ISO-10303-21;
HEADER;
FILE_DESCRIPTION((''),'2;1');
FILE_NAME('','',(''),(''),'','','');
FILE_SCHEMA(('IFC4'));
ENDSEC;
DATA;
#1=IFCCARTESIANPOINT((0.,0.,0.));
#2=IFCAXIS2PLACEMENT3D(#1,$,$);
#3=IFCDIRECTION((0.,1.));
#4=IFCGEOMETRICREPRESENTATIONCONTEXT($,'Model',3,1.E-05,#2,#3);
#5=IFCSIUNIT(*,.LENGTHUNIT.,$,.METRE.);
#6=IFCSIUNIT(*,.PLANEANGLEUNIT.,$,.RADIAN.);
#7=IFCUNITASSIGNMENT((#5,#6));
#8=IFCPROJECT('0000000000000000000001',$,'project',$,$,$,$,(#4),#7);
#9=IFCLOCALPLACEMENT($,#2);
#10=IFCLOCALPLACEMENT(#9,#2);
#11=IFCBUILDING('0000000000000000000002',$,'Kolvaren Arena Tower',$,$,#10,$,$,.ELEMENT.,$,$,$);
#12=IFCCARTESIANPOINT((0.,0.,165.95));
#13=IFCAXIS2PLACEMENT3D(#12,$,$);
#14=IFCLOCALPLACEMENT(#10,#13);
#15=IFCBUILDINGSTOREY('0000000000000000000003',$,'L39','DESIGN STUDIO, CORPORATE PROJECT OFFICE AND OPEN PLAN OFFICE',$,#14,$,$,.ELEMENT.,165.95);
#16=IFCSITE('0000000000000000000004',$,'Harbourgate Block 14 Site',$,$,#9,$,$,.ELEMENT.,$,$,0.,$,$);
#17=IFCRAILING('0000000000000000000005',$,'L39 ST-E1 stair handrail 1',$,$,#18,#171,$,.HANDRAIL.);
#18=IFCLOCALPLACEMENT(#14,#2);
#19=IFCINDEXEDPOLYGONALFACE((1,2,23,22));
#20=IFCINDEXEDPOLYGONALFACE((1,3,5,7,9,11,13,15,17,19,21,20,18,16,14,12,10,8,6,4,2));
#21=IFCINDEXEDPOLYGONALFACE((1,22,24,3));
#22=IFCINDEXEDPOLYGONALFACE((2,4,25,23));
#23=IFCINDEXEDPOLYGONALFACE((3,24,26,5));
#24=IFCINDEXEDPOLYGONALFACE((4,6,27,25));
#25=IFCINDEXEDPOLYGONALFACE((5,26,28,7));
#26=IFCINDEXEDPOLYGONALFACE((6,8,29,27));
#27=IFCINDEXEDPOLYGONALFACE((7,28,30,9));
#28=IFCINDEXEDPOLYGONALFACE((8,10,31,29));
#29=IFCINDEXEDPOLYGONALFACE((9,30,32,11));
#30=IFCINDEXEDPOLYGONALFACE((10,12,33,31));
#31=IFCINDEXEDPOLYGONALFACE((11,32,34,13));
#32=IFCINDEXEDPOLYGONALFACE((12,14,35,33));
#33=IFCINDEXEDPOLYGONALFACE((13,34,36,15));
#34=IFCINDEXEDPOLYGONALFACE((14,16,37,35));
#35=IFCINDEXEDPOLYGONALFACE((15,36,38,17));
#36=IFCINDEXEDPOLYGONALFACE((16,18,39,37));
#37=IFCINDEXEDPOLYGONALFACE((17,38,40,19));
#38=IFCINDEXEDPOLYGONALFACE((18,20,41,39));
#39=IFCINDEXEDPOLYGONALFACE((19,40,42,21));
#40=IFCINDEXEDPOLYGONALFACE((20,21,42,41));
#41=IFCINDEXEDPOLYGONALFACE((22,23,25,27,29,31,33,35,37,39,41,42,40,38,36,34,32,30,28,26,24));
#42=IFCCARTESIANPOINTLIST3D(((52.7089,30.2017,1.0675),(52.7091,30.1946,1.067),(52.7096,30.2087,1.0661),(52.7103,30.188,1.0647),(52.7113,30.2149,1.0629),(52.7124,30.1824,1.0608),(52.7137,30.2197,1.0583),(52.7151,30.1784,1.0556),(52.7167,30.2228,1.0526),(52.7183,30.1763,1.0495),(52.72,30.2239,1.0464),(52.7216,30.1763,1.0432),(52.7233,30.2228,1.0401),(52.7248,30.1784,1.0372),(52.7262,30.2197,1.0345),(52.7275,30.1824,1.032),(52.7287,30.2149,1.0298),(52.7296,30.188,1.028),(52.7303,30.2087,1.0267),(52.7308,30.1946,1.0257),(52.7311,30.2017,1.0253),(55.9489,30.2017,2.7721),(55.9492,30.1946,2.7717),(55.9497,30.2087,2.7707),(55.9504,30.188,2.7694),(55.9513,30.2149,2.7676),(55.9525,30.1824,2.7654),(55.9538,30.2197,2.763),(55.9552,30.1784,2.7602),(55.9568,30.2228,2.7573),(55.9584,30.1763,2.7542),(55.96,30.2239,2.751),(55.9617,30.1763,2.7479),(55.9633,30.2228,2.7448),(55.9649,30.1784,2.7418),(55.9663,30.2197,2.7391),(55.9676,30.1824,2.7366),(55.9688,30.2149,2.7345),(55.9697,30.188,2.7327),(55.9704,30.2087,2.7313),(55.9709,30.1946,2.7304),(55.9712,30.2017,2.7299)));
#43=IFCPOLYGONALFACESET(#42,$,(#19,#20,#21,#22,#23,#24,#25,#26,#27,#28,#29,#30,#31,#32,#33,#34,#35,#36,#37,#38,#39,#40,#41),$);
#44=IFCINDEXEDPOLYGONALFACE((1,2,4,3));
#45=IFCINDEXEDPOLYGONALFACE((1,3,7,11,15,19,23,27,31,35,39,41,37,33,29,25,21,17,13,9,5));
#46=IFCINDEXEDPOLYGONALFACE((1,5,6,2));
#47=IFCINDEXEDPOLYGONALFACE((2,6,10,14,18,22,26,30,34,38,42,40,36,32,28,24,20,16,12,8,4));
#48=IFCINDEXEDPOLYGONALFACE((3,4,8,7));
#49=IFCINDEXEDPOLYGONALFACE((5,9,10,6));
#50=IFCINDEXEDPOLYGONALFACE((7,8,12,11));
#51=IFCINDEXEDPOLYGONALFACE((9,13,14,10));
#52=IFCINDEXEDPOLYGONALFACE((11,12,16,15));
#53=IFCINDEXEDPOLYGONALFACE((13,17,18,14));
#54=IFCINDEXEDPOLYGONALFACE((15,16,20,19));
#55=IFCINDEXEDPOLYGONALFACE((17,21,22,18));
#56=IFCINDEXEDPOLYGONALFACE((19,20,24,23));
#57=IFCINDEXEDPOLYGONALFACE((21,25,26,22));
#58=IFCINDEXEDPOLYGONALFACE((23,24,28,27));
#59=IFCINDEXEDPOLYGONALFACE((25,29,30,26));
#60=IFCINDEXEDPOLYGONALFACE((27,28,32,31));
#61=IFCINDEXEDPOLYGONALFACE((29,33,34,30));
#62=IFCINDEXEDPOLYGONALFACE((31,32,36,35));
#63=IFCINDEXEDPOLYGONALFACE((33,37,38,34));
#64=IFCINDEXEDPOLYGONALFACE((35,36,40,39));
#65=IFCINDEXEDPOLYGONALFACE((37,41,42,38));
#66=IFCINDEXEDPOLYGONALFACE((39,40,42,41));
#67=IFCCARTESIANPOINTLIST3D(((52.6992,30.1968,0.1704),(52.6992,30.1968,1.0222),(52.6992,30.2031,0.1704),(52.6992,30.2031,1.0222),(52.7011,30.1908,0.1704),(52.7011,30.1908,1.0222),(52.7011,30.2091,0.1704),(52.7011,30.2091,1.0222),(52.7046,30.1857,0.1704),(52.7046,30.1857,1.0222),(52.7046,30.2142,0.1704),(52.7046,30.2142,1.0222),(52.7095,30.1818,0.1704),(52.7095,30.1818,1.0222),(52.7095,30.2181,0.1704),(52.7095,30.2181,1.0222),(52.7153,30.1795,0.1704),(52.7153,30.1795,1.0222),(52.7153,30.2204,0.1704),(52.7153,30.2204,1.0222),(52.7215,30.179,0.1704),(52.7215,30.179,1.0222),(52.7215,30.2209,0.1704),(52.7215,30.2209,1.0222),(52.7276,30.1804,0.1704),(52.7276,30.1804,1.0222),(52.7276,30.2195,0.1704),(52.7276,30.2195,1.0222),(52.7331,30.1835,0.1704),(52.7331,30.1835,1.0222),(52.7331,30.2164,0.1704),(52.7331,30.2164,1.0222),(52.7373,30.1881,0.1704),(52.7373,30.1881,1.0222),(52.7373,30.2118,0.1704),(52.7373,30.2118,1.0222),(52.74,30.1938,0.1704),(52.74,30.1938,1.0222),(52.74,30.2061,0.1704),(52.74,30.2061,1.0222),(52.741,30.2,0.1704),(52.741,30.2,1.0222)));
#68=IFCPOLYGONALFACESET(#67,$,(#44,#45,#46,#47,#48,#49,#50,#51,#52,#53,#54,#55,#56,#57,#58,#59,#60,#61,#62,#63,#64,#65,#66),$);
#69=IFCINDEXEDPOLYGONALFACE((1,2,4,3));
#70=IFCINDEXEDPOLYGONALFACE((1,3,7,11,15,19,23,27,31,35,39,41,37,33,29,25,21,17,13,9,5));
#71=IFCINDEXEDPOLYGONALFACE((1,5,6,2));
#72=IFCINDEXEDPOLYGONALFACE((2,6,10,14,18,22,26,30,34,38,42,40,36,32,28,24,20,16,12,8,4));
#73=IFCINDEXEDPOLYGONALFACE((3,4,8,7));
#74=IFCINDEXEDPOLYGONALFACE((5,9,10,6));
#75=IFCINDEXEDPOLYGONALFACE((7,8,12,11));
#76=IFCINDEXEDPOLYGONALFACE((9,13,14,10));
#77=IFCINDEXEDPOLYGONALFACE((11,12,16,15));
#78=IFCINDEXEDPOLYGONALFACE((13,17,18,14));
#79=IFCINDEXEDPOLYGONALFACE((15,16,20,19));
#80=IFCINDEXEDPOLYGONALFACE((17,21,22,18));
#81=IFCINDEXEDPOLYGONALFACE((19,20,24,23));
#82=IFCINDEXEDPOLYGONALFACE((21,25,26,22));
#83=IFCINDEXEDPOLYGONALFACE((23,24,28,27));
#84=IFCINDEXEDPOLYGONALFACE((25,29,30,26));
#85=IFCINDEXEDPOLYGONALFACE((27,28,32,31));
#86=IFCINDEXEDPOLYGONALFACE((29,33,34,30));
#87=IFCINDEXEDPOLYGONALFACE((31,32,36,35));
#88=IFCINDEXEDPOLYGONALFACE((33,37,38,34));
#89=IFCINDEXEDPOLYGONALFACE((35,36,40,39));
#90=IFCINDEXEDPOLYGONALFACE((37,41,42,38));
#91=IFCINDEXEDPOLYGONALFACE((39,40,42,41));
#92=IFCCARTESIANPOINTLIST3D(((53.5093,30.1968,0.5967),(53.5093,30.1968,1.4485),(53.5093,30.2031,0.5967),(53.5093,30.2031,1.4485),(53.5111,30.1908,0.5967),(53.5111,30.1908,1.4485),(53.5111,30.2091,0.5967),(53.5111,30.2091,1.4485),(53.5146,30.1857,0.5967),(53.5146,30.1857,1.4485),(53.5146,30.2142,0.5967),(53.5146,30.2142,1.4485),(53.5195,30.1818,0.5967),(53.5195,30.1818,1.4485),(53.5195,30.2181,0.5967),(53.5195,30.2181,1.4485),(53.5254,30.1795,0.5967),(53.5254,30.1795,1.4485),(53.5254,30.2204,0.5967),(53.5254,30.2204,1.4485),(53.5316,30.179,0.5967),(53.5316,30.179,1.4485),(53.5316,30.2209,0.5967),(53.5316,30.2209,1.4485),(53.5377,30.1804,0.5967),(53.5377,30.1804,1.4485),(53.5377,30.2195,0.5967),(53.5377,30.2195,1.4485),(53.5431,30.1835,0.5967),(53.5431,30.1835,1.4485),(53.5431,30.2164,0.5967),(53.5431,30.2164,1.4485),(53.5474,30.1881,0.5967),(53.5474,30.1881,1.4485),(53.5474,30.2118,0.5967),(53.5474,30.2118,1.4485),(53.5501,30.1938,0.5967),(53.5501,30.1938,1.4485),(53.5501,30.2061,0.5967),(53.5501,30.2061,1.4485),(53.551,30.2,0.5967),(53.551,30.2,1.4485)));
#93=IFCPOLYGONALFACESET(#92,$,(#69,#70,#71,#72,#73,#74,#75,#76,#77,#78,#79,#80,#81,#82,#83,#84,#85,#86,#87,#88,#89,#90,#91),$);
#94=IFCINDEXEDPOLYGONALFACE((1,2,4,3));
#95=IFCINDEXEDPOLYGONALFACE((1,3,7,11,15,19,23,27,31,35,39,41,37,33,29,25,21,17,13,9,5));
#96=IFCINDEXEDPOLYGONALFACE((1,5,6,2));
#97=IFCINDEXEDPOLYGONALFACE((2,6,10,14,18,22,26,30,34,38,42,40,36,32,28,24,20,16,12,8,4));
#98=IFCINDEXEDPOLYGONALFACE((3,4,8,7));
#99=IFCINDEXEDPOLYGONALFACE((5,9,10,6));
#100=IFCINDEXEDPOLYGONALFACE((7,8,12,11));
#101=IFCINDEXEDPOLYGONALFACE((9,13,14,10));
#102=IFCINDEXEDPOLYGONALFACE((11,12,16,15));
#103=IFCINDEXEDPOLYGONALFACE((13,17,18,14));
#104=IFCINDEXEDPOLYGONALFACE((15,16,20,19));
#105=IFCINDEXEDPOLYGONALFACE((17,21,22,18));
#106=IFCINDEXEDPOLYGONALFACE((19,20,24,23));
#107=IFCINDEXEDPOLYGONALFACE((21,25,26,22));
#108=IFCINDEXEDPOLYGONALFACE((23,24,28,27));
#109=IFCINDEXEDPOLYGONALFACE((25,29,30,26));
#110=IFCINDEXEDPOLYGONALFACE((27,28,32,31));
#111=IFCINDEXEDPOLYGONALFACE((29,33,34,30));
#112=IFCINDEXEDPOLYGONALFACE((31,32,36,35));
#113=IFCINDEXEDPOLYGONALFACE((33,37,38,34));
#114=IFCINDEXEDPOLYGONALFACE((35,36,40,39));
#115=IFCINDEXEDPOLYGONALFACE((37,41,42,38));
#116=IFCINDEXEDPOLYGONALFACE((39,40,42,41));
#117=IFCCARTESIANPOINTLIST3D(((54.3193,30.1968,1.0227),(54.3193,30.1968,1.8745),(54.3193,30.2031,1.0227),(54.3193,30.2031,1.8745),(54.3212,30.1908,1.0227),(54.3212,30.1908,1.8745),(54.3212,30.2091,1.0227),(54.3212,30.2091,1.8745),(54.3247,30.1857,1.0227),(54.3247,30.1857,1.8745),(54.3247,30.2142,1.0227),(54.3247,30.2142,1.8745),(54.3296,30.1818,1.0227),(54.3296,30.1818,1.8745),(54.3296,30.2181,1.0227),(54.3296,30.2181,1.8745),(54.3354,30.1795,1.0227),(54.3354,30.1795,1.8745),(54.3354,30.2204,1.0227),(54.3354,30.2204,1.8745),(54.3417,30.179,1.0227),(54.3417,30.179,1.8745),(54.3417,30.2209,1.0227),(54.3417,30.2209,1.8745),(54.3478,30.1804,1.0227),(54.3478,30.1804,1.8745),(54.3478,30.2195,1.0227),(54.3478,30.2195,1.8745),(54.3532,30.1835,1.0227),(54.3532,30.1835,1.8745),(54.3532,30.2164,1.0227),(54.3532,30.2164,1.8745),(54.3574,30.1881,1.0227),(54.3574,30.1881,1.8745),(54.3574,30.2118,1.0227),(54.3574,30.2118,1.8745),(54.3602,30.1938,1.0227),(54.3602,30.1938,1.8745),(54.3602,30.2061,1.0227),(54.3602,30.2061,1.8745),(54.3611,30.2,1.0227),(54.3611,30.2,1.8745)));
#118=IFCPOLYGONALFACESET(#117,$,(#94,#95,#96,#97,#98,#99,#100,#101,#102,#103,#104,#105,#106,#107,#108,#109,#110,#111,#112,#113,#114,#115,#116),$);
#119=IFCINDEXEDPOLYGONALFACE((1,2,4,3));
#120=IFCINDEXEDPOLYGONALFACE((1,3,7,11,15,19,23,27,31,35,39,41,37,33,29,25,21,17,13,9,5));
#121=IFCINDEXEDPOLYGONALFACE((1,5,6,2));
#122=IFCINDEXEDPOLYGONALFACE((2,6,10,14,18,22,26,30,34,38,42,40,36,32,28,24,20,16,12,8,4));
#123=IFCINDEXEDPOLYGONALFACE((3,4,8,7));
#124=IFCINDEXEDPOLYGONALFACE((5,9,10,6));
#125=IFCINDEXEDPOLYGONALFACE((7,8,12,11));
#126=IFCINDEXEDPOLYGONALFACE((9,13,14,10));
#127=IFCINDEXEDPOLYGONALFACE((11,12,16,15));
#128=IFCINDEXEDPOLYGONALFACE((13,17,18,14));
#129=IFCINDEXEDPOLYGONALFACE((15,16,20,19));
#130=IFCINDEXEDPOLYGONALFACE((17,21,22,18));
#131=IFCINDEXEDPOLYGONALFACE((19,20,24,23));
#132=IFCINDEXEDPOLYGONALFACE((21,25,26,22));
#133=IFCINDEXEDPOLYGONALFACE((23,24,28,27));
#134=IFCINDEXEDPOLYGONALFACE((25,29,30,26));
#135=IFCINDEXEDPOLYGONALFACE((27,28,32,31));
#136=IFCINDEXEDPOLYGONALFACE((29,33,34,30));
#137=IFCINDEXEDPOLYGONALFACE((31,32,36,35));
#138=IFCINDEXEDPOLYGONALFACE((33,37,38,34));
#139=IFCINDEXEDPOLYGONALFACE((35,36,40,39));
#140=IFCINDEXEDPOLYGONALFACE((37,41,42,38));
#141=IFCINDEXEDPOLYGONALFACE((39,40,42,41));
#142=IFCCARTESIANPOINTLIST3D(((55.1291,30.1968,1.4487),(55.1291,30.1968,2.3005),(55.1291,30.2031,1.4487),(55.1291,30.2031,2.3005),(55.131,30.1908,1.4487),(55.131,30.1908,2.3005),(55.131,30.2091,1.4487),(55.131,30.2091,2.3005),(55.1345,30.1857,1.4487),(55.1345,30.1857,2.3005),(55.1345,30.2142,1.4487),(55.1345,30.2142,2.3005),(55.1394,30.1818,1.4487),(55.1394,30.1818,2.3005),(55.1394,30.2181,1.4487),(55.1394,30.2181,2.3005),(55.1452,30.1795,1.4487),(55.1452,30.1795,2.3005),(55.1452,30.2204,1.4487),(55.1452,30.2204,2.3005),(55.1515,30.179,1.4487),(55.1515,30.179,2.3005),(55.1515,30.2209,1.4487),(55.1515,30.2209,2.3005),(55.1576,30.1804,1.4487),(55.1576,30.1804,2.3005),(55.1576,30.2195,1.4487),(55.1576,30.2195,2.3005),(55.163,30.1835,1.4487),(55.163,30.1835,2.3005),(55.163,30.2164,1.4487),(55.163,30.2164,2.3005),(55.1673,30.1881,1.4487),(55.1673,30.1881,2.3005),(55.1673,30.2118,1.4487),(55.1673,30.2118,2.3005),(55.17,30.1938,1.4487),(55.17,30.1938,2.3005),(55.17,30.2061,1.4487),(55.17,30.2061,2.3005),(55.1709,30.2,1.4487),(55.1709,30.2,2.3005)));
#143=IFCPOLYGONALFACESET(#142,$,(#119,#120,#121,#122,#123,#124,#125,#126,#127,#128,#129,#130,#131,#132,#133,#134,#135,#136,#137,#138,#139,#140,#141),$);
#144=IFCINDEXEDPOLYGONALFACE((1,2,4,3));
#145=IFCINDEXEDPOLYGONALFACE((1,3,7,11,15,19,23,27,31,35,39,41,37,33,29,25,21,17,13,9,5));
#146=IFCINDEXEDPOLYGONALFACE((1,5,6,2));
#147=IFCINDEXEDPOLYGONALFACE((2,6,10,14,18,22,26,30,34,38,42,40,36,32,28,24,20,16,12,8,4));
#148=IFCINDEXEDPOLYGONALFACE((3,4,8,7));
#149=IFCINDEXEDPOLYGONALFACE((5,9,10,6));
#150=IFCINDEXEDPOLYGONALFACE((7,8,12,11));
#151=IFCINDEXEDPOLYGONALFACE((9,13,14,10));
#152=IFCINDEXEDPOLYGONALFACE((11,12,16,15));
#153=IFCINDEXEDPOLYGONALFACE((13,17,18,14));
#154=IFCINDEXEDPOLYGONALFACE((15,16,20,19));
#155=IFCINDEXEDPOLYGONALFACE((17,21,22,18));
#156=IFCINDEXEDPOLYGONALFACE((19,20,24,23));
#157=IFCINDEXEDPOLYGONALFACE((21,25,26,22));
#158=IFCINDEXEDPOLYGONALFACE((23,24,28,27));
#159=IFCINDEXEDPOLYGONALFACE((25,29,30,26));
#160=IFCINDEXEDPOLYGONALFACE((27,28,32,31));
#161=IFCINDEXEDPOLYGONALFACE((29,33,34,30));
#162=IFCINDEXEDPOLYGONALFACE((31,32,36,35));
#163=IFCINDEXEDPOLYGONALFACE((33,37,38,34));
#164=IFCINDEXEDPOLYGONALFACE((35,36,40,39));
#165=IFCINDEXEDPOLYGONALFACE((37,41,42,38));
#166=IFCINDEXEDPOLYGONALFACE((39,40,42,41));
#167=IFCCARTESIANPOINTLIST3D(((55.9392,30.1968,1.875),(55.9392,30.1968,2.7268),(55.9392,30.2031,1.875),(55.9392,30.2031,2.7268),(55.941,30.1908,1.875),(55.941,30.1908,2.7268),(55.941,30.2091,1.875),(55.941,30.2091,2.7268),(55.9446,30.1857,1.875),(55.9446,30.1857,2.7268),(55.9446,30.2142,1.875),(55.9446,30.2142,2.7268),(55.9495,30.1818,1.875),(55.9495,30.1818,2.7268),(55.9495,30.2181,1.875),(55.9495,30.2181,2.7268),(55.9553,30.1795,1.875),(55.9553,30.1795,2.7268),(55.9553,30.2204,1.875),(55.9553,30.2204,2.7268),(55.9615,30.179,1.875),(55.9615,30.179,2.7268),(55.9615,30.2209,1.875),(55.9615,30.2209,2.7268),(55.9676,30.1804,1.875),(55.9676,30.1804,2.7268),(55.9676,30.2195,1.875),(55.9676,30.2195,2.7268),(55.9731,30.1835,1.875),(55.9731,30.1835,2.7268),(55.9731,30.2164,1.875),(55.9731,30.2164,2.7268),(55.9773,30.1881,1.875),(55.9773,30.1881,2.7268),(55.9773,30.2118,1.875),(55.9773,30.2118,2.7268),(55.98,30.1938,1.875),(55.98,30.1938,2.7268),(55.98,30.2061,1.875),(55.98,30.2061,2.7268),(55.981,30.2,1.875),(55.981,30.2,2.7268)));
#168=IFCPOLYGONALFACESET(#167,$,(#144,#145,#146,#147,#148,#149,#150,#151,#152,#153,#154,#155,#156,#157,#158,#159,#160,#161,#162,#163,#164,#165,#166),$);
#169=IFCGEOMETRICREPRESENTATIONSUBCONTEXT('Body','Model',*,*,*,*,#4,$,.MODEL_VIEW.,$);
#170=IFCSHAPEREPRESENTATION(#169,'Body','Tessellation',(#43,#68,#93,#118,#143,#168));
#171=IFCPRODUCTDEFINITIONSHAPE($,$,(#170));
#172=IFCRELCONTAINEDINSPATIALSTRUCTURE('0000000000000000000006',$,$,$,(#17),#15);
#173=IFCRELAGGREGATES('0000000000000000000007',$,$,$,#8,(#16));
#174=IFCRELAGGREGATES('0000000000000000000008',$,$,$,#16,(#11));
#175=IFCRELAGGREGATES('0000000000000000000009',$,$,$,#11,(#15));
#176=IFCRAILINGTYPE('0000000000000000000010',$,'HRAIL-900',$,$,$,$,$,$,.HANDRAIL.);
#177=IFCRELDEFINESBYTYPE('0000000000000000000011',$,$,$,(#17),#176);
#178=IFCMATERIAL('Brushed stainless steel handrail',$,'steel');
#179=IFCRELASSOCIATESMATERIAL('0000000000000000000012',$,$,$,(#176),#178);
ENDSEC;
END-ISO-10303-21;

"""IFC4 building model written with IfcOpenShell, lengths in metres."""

from ifc_helpers import new_model, si_unit, direction, frame, origin, origin_2d, place, context, subcontext, project, spatial, circle, extrude, material, type_object, element, save


model = new_model("IFC4")

# Units and contexts
model_context = context("Model", 3, precision=1e-05, world=origin(), true_north=direction((0.0, 1.0)))
body_context = subcontext(model_context, "Body", "Model", "MODEL_VIEW")
ifc_project = project(units=[si_unit("LENGTHUNIT", "METRE"), si_unit("PLANEANGLEUNIT", "RADIAN")], contexts=[model_context])

# Site, building, storey
site_placement = place(None, origin())
site = spatial("IfcSite", under=ifc_project, at=site_placement, Name="Harbourgate Block 14 Site", CompositionType="ELEMENT", RefElevation=0.0)
building_placement = place(site_placement, origin())
building = spatial("IfcBuilding", under=site, at=building_placement, Name="Kolvaren Arena Tower", CompositionType="ELEMENT")
storey_placement = place(building_placement, frame((0.0, 0.0, 165.95)))
storey = spatial("IfcBuildingStorey", under=building, at=storey_placement, Name="L39", Description="DESIGN STUDIO, CORPORATE PROJECT OFFICE AND OPEN PLAN OFFICE", CompositionType="ELEMENT", Elevation=165.95)

# Railing
ifc_material_1 = material(Name="Brushed stainless steel handrail", Category="steel")
railing_type_1 = type_object("IfcRailingType", Name="HRAIL-900", PredefinedType="HANDRAIL", material=ifc_material_1)
for number, where, name in (
    (1, (52.72, 30.2, 0.1704), "L39 ST-E1 stair handrail 1"),
):
    element("IfcRailing", number, at=place(storey_placement, frame(where)), inside=storey, type_object=railing_type_1, Name=name, PredefinedType="HANDRAIL", context=body_context, shape_type="SweptSolid", body=[
        extrude(circle(Radius=0.0239, at=origin_2d()), frame((0.0, 0.0, 0.876), z_axis=(0.884993, 0.0, 0.465604), x_axis=(0.0, 1.0, 0.0)), (0.0, 0.0, 1.0), 3.6611),
        extrude(circle(Radius=0.021, at=origin_2d()), origin(), (0.0, 0.0, 1.0), 0.8518),
        extrude(circle(Radius=0.021, at=origin_2d()), frame((0.8101, 0.0, 0.4263)), (0.0, 0.0, 1.0), 0.8518),
        extrude(circle(Radius=0.021, at=origin_2d()), frame((1.6201, 0.0, 0.8523)), (0.0, 0.0, 1.0), 0.8518),
        extrude(circle(Radius=0.021, at=origin_2d()), frame((2.4299, 0.0, 1.2783)), (0.0, 0.0, 1.0), 0.8518),
        extrude(circle(Radius=0.021, at=origin_2d()), frame((3.24, 0.0, 1.7046)), (0.0, 0.0, 1.0), 0.8518),
    ])

save(model, "model.ifc")
